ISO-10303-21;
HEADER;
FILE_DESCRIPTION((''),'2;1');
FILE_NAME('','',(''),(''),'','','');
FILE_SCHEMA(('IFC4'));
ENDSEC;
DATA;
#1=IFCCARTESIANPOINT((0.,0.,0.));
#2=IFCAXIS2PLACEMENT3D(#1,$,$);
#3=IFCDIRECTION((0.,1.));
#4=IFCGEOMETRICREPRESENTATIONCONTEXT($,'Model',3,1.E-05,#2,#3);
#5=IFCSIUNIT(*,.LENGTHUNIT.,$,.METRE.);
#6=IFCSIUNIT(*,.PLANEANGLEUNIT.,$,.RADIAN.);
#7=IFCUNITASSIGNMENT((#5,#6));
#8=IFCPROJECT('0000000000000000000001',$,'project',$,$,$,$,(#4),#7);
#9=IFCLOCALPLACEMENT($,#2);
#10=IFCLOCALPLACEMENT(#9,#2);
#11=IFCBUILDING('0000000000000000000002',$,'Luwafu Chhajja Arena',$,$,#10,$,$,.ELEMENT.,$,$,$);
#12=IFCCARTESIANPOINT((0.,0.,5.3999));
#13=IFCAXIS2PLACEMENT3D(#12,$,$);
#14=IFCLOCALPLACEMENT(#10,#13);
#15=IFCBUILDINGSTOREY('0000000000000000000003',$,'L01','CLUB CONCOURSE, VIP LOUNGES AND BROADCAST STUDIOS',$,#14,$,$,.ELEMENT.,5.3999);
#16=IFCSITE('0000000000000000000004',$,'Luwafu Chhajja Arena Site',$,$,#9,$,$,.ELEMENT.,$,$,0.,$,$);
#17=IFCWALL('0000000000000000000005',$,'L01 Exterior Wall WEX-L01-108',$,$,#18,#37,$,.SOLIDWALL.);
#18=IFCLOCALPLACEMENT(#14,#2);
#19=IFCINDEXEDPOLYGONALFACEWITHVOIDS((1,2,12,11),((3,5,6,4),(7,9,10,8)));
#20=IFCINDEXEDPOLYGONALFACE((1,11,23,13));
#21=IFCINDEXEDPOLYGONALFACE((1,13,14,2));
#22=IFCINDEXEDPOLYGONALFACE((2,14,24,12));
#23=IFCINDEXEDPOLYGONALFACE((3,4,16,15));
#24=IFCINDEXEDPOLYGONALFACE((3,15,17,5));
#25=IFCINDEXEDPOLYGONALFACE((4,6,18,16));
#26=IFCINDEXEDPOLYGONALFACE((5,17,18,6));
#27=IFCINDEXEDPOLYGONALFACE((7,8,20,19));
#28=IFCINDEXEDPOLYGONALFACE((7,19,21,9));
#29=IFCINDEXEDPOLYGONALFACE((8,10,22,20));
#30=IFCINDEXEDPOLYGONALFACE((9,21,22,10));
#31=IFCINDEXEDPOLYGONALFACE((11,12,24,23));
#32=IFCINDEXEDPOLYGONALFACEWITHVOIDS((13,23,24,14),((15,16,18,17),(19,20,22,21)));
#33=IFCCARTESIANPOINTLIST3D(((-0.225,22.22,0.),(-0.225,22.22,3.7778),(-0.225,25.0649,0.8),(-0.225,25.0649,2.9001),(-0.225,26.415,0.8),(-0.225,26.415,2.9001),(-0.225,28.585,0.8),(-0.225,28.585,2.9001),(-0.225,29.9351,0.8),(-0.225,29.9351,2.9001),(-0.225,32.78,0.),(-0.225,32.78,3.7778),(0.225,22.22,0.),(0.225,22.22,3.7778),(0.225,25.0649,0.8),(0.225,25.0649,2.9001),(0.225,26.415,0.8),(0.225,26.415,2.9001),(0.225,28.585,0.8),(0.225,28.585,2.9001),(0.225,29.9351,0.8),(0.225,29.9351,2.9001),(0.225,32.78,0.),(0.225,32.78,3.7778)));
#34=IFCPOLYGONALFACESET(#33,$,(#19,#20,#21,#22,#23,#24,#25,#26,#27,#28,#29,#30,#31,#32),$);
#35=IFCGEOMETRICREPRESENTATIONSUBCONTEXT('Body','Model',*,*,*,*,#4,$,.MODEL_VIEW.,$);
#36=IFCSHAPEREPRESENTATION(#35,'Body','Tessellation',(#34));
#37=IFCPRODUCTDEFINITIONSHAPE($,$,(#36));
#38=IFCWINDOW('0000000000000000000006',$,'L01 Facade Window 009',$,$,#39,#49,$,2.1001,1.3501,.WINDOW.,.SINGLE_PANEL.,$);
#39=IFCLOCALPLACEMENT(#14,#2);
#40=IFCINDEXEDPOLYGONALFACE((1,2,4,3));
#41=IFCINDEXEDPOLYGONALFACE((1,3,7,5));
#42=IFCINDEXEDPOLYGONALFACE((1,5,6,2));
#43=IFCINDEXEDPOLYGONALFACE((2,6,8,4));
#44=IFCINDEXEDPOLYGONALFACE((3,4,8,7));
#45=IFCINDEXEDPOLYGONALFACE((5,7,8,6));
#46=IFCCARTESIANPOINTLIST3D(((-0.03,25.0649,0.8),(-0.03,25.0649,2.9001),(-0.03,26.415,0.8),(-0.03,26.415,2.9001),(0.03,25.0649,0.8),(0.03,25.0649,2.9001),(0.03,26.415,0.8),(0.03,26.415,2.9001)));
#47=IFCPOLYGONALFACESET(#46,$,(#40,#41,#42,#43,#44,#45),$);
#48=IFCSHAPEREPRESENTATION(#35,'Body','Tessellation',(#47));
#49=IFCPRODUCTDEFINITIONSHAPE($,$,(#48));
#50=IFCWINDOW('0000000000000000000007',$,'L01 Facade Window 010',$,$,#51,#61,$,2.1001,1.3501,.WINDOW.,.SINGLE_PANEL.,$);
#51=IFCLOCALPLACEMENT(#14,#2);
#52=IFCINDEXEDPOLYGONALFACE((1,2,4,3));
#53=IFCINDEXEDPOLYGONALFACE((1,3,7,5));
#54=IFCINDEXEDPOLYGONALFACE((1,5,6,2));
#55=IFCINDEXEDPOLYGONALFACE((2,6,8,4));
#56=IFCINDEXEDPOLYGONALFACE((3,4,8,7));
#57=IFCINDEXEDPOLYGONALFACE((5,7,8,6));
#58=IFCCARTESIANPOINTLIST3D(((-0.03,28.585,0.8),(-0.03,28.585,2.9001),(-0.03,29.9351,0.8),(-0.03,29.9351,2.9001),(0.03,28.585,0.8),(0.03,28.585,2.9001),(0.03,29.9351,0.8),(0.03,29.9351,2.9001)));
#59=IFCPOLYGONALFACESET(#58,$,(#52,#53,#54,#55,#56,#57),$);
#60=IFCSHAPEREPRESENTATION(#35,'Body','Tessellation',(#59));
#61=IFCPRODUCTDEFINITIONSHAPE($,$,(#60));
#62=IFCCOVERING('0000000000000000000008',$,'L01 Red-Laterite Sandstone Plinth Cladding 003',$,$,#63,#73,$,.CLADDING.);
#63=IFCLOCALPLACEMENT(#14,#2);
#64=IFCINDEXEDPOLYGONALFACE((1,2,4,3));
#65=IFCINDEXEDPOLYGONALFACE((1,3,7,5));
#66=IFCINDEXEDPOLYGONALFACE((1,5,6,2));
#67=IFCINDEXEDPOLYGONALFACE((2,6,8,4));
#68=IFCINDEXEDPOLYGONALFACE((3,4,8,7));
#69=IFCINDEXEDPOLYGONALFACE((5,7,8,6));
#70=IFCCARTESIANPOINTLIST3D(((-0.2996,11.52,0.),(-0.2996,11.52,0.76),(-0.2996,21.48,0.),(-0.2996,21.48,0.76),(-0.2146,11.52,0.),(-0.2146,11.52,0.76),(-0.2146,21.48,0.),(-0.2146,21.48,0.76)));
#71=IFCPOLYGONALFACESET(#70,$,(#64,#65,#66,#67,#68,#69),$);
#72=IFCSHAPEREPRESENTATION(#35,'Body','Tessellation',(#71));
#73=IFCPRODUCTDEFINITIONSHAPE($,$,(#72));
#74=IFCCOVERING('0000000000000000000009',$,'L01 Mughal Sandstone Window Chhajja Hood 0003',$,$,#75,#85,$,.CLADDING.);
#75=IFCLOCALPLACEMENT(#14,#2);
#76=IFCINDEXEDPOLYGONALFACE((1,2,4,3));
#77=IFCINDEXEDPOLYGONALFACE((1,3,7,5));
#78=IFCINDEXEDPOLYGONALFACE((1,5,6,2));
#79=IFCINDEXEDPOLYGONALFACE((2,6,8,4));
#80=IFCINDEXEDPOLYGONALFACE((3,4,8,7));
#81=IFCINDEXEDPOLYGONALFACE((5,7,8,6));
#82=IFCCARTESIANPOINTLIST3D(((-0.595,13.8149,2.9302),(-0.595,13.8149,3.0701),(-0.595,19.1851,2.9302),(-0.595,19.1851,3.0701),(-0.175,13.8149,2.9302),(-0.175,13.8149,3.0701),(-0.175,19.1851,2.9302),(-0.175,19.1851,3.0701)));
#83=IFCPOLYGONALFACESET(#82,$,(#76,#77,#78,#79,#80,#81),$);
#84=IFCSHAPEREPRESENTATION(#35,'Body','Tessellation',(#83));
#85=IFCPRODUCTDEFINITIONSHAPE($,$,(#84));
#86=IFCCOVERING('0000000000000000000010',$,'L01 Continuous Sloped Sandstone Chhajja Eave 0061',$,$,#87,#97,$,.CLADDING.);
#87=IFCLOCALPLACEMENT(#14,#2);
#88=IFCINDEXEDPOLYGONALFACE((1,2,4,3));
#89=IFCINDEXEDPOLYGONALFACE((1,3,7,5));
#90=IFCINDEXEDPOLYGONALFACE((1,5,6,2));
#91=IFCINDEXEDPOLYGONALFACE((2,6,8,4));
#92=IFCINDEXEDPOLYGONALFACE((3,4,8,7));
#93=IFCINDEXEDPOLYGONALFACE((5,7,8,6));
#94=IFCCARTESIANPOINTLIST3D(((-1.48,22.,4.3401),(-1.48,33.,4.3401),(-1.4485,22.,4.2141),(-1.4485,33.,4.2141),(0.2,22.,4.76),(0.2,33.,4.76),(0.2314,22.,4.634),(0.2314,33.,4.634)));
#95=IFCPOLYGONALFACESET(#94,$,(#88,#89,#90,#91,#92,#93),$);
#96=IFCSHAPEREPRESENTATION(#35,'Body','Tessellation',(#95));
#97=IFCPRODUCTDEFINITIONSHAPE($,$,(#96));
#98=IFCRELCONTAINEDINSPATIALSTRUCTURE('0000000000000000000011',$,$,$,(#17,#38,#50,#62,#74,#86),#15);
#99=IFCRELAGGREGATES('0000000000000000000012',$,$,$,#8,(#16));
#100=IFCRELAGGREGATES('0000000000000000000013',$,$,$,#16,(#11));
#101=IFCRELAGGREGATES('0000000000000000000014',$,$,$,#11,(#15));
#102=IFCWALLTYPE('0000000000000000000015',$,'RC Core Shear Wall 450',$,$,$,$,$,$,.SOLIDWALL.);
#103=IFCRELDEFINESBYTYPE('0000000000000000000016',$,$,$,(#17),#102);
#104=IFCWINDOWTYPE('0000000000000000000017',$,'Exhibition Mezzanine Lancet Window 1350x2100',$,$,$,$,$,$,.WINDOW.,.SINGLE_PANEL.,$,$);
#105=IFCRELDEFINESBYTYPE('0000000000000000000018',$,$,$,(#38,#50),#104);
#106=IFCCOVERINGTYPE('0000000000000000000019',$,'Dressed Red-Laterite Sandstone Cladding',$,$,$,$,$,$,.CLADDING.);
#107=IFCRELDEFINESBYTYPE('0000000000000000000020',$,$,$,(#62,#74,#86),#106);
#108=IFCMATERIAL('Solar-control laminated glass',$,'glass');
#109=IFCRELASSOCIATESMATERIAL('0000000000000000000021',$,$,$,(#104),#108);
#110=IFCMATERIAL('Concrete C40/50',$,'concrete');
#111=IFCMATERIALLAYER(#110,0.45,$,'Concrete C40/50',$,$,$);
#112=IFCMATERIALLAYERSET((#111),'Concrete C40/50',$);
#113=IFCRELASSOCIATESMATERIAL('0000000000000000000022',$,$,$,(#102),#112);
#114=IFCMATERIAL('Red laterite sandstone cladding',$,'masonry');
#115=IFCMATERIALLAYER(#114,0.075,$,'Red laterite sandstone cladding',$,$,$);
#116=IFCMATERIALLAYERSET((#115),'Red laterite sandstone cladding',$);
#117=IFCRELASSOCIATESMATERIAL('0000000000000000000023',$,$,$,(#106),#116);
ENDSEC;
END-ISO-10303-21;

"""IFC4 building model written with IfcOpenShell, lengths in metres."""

from ifc_helpers import new_model, si_unit, direction, frame, frame_2d, origin, origin_2d, place, context, subcontext, project, spatial, polyline, rectangle, outline, extrude, material, layer, layer_set, type_object, element, fill, save


model = new_model("IFC4")

# Units and contexts
model_context = context("Model", 3, precision=1e-05, world=origin(), true_north=direction((0.0, 1.0)))
body_context = subcontext(model_context, "Body", "Model", "MODEL_VIEW")
ifc_project = project(units=[si_unit("LENGTHUNIT", "METRE"), si_unit("PLANEANGLEUNIT", "RADIAN")], contexts=[model_context])

# Site, building, storey
site_placement = place(None, origin())
site = spatial("IfcSite", under=ifc_project, at=site_placement, Name="Luwafu Chhajja Arena Site", CompositionType="ELEMENT", RefElevation=0.0)
building_placement = place(site_placement, origin())
building = spatial("IfcBuilding", under=site, at=building_placement, Name="Luwafu Chhajja Arena", CompositionType="ELEMENT")
storey_placement = place(building_placement, frame((0.0, 0.0, 5.3999)))
storey = spatial("IfcBuildingStorey", under=building, at=storey_placement, Name="L01", Description="CLUB CONCOURSE, VIP LOUNGES AND BROADCAST STUDIOS", CompositionType="ELEMENT", Elevation=5.3999)

# Shared definitions
ifc_material_1 = material(Name="Concrete C40/50", Category="concrete")

# Wall, openings, windows
ifc_material_2 = material(Name="Solar-control laminated glass", Category="glass")
window_type = type_object("IfcWindowType", Name="Exhibition Mezzanine Lancet Window 1350x2100", PartitioningType="SINGLE_PANEL", PredefinedType="WINDOW", material=ifc_material_2)
ifc_layer_1 = layer(ifc_material_1, 0.45, Name="Concrete C40/50")
ifc_layer_set_1 = layer_set([ifc_layer_1], Name="Concrete C40/50")
wall_type_1 = type_object("IfcWallType", Name="RC Core Shear Wall 450", PredefinedType="SOLIDWALL", material=ifc_layer_set_1)
wall_1_placement = place(storey_placement, frame((0.0, 22.22, 0.0), z_axis=(0.0, 0.0, 1.0), x_axis=(0.0, 1.0, 0.0)))
wall_1 = element("IfcWall", 1, at=wall_1_placement, inside=storey, type_object=wall_type_1, Name="L01 Exterior Wall WEX-L01-108", PredefinedType="SOLIDWALL", context=body_context, shape_type="SweptSolid", body=[
    extrude(rectangle(XDim=10.5601, YDim=0.45, at=frame_2d((5.28, 0.0))), origin(), (0.0, 0.0, 1.0), 3.7778),
])
opening_1_placement = place(wall_1_placement, frame((2.845, 0.0, 0.8)))
opening_1 = element("IfcOpeningElement", 2, at=opening_1_placement, cuts=wall_1, PredefinedType="OPENING", context=body_context, shape_type="SweptSolid", body=[
    extrude(rectangle(XDim=1.3501, YDim=2.1001, at=frame_2d((0.675, 1.05))), frame((0.0, 0.2349, 0.0), z_axis=(0.0, -1.0, 0.0), x_axis=(1.0, 0.0, 0.0)), (0.0, 0.0, 1.0), 0.47),
])
opening_2_placement = place(wall_1_placement, frame((6.365, 0.0, 0.8)))
opening_2 = element("IfcOpeningElement", 3, at=opening_2_placement, cuts=wall_1, PredefinedType="OPENING", context=body_context, shape_type="SweptSolid", body=[
    extrude(rectangle(XDim=1.3501, YDim=2.1001, at=frame_2d((0.675, 1.05))), frame((0.0, 0.2349, 0.0), z_axis=(0.0, -1.0, 0.0), x_axis=(1.0, 0.0, 0.0)), (0.0, 0.0, 1.0), 0.47),
])
window_1_placement = place(opening_1_placement, origin())
window_1 = element("IfcWindow", 4, at=window_1_placement, inside=storey, type_object=window_type, Name="L01 Facade Window 009", OverallHeight=2.1001, OverallWidth=1.3501, PartitioningType="SINGLE_PANEL", PredefinedType="WINDOW", context=body_context, shape_type="SweptSolid", body=[
    extrude(rectangle(XDim=1.3501, YDim=2.1001, at=frame_2d((0.675, 1.05))), frame((0.0, 0.03, 0.0), z_axis=(0.0, -1.0, 0.0), x_axis=(1.0, 0.0, 0.0)), (0.0, 0.0, 1.0), 0.0601),
])
fill(opening_1, window_1)
window_2_placement = place(opening_2_placement, origin())
window_2 = element("IfcWindow", 5, at=window_2_placement, inside=storey, type_object=window_type, Name="L01 Facade Window 010", OverallHeight=2.1001, OverallWidth=1.3501, PartitioningType="SINGLE_PANEL", PredefinedType="WINDOW", context=body_context, shape_type="SweptSolid", body=[
    extrude(rectangle(XDim=1.3501, YDim=2.1001, at=frame_2d((0.675, 1.05))), frame((0.0, 0.03, 0.0), z_axis=(0.0, -1.0, 0.0), x_axis=(1.0, 0.0, 0.0)), (0.0, 0.0, 1.0), 0.0601),
])
fill(opening_2, window_2)

# Coverings
ifc_material_3 = material(Name="Red laterite sandstone cladding", Category="masonry")
ifc_layer_2 = layer(ifc_material_3, 0.075, Name="Red laterite sandstone cladding")
ifc_layer_set_2 = layer_set([ifc_layer_2], Name="Red laterite sandstone cladding")
covering_type = type_object("IfcCoveringType", Name="Dressed Red-Laterite Sandstone Cladding", PredefinedType="CLADDING", material=ifc_layer_set_2)
covering_1_placement = place(storey_placement, frame((-0.2571, 16.5, 0.0), z_axis=(0.0, 0.0, 1.0), x_axis=(0.0, 1.0, 0.0)))
element("IfcCovering", 6, at=covering_1_placement, inside=storey, type_object=covering_type, Name="L01 Red-Laterite Sandstone Plinth Cladding 003", PredefinedType="CLADDING", context=body_context, shape_type="SweptSolid", body=[
    extrude(rectangle(XDim=9.96, YDim=0.085, at=origin_2d()), origin(), (0.0, 0.0, 1.0), 0.76),
])
covering_2_placement = place(storey_placement, frame((-0.385, 16.5, 2.9302), z_axis=(0.0, 0.0, 1.0), x_axis=(0.0, 1.0, 0.0)))
element("IfcCovering", 7, at=covering_2_placement, inside=storey, type_object=covering_type, Name="L01 Mughal Sandstone Window Chhajja Hood 0003", PredefinedType="CLADDING", context=body_context, shape_type="SweptSolid", body=[
    extrude(rectangle(XDim=5.3701, YDim=0.4199, at=origin_2d()), origin(), (0.0, 0.0, 1.0), 0.1399),
])
covering_3_placement = place(storey_placement, frame((0.2, 22.0, 4.76), z_axis=(-0.242502, 0.0, 0.970151), x_axis=(0.0, 1.0, 0.0)))
element("IfcCovering", 8, at=covering_3_placement, inside=storey, type_object=covering_type, Name="L01 Continuous Sloped Sandstone Chhajja Eave 0061", PredefinedType="CLADDING", context=body_context, shape_type="SweptSolid", body=[
    extrude(outline(polyline([(0.0, 0.0), (11.0, 0.0), (11.0, 1.7316), (0.0, 1.7316), (0.0, 0.0)])), origin(), (0.0, 0.0, -1.0), 0.1299),
])

save(model, "model.ifc")
